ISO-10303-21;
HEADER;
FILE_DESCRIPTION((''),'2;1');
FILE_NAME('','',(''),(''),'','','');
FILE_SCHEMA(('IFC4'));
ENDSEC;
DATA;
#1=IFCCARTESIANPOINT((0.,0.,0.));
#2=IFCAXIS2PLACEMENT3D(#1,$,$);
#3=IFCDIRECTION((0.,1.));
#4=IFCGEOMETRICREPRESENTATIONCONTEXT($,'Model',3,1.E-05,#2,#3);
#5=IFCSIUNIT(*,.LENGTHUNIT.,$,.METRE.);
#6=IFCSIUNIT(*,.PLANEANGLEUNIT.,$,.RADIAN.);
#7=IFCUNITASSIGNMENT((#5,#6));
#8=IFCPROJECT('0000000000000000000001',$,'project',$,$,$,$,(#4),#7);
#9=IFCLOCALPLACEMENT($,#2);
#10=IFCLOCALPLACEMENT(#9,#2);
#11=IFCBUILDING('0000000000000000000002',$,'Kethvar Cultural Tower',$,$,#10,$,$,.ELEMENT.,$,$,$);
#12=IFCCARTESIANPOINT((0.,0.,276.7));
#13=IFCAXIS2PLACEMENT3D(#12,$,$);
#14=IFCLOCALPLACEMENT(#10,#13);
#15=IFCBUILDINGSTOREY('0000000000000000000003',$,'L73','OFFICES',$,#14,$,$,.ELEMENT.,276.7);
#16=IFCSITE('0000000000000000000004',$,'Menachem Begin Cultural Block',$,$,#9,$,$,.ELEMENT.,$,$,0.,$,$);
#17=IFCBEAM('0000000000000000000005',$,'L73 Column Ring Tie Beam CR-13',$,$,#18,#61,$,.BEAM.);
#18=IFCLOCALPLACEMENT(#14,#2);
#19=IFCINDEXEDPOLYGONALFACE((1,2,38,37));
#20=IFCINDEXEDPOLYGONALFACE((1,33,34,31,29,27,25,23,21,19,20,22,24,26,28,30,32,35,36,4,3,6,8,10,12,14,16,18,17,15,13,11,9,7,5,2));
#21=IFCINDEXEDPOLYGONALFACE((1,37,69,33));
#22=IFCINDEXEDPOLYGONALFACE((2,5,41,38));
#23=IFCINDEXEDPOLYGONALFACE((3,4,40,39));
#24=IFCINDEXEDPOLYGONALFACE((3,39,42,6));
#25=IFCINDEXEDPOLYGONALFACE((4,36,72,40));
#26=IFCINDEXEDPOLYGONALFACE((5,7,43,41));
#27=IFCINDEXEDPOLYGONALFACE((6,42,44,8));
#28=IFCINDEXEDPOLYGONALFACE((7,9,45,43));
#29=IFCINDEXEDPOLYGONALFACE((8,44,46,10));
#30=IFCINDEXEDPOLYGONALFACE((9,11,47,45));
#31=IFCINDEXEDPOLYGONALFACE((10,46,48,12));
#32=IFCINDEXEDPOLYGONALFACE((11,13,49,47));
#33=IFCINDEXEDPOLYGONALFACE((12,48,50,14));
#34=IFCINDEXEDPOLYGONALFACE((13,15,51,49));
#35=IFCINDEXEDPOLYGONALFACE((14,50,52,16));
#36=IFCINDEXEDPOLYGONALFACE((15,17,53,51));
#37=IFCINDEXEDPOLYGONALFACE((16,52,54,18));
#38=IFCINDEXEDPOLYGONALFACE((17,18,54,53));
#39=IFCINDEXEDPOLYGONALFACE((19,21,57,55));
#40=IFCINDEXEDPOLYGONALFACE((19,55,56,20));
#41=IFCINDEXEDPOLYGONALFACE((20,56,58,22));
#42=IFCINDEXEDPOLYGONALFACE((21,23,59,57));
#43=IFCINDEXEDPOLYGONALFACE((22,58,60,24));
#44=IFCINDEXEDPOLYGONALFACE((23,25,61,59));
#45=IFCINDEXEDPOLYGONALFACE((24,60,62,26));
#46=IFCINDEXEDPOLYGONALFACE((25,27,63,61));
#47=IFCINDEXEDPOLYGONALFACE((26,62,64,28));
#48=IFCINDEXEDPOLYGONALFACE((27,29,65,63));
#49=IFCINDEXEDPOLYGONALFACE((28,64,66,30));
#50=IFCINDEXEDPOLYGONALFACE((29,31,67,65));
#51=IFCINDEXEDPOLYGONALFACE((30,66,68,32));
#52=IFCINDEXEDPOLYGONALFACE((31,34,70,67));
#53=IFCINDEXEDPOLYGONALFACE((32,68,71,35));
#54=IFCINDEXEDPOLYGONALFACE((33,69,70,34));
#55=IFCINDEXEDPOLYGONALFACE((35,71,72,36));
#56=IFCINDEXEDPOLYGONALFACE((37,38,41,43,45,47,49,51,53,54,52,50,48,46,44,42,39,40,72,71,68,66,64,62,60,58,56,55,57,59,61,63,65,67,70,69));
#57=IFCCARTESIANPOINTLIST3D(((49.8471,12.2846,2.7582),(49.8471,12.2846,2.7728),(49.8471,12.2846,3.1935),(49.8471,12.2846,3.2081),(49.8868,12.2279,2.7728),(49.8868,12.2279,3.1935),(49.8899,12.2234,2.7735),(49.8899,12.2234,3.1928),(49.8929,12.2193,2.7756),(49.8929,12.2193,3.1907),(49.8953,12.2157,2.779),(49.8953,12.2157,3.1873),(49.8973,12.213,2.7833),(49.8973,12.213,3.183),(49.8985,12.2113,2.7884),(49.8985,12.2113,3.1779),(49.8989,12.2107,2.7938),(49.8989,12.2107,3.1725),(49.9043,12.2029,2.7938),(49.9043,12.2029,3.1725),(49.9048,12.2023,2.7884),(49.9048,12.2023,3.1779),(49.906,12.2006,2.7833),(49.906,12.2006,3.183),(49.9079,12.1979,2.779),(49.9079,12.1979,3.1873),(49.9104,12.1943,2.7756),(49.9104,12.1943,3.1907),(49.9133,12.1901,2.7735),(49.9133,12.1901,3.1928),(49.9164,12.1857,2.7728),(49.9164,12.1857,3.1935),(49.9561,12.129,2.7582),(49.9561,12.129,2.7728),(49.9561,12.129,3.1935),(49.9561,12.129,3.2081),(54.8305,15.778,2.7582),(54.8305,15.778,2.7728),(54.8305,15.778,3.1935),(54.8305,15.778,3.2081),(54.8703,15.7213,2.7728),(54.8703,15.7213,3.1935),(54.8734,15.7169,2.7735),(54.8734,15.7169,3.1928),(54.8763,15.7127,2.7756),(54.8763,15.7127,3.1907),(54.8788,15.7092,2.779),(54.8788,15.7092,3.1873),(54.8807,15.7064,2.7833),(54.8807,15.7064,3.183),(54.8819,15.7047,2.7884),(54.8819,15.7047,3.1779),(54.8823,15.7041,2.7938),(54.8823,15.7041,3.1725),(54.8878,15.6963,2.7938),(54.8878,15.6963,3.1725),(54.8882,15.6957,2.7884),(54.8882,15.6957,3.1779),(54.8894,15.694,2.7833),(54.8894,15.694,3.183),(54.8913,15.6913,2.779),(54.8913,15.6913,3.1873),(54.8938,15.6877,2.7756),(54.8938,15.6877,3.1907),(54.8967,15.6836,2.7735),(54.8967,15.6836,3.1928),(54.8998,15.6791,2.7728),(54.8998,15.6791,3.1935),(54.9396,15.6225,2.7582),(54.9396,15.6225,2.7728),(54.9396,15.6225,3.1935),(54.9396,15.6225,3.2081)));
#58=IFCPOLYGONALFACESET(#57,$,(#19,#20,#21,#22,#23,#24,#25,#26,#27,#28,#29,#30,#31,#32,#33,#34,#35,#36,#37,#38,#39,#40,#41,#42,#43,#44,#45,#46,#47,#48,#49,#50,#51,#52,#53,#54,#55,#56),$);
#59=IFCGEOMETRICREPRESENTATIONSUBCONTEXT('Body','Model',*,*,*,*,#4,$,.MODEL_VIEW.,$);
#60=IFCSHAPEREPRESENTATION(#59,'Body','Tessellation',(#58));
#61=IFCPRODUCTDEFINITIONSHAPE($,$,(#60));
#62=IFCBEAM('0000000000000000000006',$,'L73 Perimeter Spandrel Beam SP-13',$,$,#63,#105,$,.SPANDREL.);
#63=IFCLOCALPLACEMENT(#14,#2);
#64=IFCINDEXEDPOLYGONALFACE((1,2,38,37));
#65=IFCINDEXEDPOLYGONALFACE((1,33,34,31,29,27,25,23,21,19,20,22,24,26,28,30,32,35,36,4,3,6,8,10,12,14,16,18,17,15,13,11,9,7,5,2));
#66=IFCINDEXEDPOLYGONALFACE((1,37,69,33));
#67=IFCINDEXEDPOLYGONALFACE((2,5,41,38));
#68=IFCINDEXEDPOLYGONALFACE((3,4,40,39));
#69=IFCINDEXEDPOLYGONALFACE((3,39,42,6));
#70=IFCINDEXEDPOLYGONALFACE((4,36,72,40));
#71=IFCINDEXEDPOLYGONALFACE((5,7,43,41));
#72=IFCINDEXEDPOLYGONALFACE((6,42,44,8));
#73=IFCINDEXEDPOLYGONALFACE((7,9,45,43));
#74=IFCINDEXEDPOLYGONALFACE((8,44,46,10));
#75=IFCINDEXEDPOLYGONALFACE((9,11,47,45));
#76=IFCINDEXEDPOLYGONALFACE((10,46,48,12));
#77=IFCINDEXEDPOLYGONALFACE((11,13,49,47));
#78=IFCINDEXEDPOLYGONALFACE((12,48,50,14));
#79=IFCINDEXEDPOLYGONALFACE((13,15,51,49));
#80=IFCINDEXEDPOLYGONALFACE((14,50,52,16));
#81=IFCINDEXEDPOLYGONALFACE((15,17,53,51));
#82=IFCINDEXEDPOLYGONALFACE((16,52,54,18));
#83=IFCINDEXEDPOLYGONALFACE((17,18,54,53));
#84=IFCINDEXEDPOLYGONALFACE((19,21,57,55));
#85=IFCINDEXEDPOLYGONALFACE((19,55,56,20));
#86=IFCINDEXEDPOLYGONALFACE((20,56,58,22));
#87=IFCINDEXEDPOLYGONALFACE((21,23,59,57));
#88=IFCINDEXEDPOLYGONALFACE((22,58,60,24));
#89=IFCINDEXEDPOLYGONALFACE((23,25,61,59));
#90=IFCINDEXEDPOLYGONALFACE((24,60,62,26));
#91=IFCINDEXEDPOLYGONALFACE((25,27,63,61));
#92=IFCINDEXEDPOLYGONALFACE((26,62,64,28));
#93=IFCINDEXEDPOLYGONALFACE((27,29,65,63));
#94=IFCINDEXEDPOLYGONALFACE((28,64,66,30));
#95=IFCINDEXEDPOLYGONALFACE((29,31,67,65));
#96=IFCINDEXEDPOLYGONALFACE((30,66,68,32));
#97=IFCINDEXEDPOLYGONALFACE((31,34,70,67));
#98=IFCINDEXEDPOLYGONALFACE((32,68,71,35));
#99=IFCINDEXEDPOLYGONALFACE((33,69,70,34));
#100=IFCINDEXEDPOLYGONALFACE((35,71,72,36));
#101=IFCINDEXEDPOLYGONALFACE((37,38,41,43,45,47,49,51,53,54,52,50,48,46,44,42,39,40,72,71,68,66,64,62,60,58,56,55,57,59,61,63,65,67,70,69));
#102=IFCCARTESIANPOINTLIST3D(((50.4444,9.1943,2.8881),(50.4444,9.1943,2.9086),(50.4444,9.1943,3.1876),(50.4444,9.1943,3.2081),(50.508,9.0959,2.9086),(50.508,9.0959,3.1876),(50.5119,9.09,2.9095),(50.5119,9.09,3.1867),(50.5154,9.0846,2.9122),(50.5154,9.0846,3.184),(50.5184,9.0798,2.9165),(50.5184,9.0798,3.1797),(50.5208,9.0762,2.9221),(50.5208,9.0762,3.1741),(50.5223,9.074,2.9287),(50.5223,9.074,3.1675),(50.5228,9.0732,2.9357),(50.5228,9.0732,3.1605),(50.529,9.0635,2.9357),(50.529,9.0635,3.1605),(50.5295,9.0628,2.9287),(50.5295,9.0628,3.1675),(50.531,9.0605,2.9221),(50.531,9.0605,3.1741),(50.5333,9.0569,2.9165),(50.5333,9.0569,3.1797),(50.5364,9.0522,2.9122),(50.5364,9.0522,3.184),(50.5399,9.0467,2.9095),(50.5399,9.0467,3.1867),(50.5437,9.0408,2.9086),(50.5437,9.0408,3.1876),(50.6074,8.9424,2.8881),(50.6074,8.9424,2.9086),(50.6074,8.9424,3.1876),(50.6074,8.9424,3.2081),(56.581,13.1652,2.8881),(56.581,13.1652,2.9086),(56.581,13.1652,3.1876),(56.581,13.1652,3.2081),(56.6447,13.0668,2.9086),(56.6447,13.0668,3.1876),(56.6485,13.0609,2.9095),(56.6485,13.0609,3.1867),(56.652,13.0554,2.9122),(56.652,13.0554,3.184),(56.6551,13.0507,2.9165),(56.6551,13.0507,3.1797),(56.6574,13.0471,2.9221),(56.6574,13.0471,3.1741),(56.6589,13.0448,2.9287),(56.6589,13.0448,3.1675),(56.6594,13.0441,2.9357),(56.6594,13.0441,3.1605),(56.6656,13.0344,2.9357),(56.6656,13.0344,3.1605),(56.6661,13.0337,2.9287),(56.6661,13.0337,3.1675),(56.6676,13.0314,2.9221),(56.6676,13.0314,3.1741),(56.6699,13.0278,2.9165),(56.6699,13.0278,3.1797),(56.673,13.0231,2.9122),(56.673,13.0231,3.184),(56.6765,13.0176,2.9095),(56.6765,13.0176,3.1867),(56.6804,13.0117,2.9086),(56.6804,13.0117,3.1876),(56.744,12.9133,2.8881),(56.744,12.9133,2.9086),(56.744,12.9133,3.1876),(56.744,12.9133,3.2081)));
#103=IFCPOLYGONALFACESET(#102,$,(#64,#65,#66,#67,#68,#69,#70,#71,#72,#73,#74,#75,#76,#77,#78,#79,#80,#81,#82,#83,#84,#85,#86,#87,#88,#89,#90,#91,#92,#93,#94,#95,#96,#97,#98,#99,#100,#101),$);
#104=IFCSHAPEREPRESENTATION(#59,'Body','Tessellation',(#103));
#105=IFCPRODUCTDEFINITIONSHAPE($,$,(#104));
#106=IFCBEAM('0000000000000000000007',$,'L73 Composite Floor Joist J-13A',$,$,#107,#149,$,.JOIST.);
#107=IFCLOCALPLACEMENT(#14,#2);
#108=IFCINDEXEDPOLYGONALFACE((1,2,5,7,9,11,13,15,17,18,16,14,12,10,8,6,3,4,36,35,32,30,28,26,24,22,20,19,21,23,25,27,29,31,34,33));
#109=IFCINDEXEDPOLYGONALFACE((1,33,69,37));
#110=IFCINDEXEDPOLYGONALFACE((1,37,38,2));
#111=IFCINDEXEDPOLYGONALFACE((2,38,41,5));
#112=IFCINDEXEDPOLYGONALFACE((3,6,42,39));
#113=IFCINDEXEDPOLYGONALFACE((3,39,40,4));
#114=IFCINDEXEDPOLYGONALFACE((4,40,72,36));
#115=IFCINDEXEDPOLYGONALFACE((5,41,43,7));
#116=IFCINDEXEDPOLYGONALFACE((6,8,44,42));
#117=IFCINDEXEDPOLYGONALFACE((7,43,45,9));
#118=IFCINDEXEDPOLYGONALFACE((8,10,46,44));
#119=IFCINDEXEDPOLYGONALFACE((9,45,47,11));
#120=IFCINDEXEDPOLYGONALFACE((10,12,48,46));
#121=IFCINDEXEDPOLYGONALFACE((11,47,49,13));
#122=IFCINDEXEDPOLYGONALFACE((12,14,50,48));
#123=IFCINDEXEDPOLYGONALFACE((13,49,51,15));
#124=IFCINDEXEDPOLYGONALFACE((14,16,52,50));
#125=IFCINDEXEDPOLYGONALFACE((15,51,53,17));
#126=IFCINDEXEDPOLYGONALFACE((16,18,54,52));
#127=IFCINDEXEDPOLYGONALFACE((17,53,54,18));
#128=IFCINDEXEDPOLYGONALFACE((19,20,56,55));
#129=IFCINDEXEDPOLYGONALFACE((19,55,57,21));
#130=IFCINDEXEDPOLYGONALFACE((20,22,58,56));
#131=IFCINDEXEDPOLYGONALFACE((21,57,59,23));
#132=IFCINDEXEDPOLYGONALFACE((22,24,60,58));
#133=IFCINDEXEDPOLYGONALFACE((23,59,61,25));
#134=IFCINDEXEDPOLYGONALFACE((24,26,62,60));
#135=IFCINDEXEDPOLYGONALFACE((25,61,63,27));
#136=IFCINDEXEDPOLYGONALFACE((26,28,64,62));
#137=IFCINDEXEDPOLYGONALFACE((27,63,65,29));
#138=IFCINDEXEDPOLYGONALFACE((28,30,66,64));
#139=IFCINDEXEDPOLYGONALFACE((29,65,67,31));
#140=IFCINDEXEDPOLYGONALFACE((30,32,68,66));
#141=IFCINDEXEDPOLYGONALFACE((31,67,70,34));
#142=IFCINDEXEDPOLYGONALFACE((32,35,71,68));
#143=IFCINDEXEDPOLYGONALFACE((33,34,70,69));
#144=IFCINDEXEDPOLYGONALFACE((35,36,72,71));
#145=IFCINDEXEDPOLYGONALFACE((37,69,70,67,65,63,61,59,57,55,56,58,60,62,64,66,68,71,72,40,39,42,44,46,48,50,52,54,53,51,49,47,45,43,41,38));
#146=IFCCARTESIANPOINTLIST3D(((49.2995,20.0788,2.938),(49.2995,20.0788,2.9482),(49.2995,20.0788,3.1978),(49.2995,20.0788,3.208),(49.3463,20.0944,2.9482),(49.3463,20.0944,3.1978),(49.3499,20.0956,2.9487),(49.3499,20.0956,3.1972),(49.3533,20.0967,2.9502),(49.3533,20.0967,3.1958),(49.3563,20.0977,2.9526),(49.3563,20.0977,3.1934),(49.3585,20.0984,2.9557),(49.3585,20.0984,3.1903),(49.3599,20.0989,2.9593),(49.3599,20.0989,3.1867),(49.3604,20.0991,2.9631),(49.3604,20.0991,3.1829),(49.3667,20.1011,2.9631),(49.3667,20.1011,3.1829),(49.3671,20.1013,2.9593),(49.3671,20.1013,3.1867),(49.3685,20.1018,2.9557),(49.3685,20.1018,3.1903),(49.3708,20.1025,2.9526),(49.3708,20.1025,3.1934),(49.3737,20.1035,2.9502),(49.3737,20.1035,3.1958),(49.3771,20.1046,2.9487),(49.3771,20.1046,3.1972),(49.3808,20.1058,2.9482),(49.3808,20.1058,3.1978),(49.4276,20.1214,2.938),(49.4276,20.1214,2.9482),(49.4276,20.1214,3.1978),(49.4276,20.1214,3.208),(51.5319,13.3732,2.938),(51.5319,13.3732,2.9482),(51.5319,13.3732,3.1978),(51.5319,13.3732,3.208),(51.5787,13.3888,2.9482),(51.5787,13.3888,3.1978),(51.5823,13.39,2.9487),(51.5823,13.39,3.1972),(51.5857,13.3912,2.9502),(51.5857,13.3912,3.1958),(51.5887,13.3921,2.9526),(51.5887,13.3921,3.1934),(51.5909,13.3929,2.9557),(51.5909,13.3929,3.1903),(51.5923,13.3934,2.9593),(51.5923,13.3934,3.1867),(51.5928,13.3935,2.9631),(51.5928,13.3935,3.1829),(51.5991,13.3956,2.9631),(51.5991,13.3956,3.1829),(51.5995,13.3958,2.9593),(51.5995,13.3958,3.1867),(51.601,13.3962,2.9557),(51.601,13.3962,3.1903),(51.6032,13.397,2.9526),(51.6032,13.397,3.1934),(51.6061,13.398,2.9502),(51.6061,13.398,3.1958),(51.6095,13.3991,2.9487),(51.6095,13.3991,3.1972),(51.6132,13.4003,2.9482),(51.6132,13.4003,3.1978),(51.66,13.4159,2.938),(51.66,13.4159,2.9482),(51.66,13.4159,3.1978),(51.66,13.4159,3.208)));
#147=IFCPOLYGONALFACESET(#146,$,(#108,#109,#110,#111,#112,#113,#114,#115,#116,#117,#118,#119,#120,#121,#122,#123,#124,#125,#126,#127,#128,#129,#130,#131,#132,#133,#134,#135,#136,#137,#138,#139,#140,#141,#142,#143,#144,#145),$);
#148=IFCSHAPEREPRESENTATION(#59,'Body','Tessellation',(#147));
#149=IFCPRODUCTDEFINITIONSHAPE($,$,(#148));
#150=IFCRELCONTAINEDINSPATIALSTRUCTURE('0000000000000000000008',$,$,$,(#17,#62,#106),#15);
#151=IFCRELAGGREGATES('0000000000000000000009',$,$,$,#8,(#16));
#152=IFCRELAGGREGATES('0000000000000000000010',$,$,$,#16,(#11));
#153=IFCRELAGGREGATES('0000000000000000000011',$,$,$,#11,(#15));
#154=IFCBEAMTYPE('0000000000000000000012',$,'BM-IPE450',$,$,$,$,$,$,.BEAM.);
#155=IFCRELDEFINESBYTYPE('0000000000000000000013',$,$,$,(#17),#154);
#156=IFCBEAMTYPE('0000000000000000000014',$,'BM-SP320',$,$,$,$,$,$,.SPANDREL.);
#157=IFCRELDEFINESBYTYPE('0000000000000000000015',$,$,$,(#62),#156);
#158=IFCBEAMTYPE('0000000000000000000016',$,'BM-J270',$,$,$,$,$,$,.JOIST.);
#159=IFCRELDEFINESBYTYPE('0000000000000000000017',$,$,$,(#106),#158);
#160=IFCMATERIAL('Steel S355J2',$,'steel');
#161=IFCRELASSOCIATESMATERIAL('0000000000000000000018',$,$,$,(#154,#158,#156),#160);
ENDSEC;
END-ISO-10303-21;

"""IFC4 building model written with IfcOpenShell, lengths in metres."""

from ifc_helpers import new_model, si_unit, direction, frame, origin, origin_2d, place, context, subcontext, project, spatial, i_section, extrude, source, transform, mapped, material, material_profile, profile_set, type_object, element, save


model = new_model("IFC4")

# Units and contexts
model_context = context("Model", 3, precision=1e-05, world=origin(), true_north=direction((0.0, 1.0)))
body_context = subcontext(model_context, "Body", "Model", "MODEL_VIEW")
ifc_project = project(units=[si_unit("LENGTHUNIT", "METRE"), si_unit("PLANEANGLEUNIT", "RADIAN")], contexts=[model_context])

# Site, building, storey
site_placement = place(None, origin())
site = spatial("IfcSite", under=ifc_project, at=site_placement, Name="Menachem Begin Cultural Block", CompositionType="ELEMENT", RefElevation=0.0)
building_placement = place(site_placement, origin())
building = spatial("IfcBuilding", under=site, at=building_placement, Name="Kethvar Cultural Tower", CompositionType="ELEMENT")
storey_placement = place(building_placement, frame((0.0, 0.0, 276.7)))
storey = spatial("IfcBuildingStorey", under=building, at=storey_placement, Name="L73", Description="OFFICES", CompositionType="ELEMENT", Elevation=276.7)

# Shared definitions
ifc_material_1 = material(Name="Steel S355J2", Category="steel")

# Beams
ifc_material_profile_1 = material_profile(ifc_material_1, i_section(OverallWidth=0.1899, OverallDepth=0.45, WebThickness=0.0095, FlangeThickness=0.0146, FilletRadius=0.021, at=origin_2d()), Name="Steel S355J2 — IPE450")
ifc_profile_set_1 = profile_set([ifc_material_profile_1], Name="Steel S355J2 — IPE450")
beam_type_1 = type_object("IfcBeamType", Name="BM-IPE450", PredefinedType="BEAM", material=ifc_profile_set_1)
ifc_material_profile_2 = material_profile(ifc_material_1, i_section(OverallWidth=0.135, OverallDepth=0.27, WebThickness=0.0066, FlangeThickness=0.0103, FilletRadius=0.0149, at=origin_2d()), Name="Steel S355J2 — IPE270")
ifc_profile_set_2 = profile_set([ifc_material_profile_2], Name="Steel S355J2 — IPE270")
beam_type_2 = type_object("IfcBeamType", Name="BM-J270", PredefinedType="JOIST", material=ifc_profile_set_2)
shared_shape_1 = source(origin(), body_context, "Body", "SweptSolid", [
    extrude(i_section(OverallWidth=0.1899, OverallDepth=0.45, WebThickness=0.0095, FlangeThickness=0.0146, FilletRadius=0.021, at=origin_2d()), origin(), (0.0, 0.0, 1.0), 6.0859),
])
beam_1_placement = place(storey_placement, frame((49.9016, 12.2068, 2.9832), z_axis=(0.818843, 0.574017, 0.0), x_axis=(-0.574017, 0.818843, 0.0)))
element("IfcBeam", 1, at=beam_1_placement, inside=storey, type_object=beam_type_1, Name="L73 Column Ring Tie Beam CR-13", PredefinedType="BEAM", context=body_context, shape_type="MappedRepresentation", body=[
    mapped(shared_shape_1, transform((0.0, 0.0, 0.0), scale=1.0)),
])
ifc_material_profile_3 = material_profile(ifc_material_1, i_section(OverallWidth=0.3, OverallDepth=0.3201, WebThickness=0.0115, FlangeThickness=0.0205, FilletRadius=0.0271, at=origin_2d()), Name="Steel S355J2 — HEB320")
ifc_profile_set_3 = profile_set([ifc_material_profile_3], Name="Steel S355J2 — HEB320")
beam_type_3 = type_object("IfcBeamType", Name="BM-SP320", PredefinedType="SPANDREL", material=ifc_profile_set_3)
shared_shape_2 = source(origin(), body_context, "Body", "SweptSolid", [
    extrude(i_section(OverallWidth=0.3, OverallDepth=0.3201, WebThickness=0.0115, FlangeThickness=0.0205, FilletRadius=0.0271, at=origin_2d()), origin(), (0.0, 0.0, 1.0), 7.3093),
])
beam_2_placement = place(storey_placement, frame((50.5259, 9.0684, 3.0481), z_axis=(0.839562, 0.543264, 0.0), x_axis=(-0.543264, 0.839562, 0.0)))
element("IfcBeam", 2, at=beam_2_placement, inside=storey, type_object=beam_type_3, Name="L73 Perimeter Spandrel Beam SP-13", PredefinedType="SPANDREL", context=body_context, shape_type="MappedRepresentation", body=[
    mapped(shared_shape_2, transform((0.0, 0.0, 0.0), scale=1.0)),
])
shared_shape_3 = source(origin(), body_context, "Body", "SweptSolid", [
    extrude(i_section(OverallWidth=0.135, OverallDepth=0.27, WebThickness=0.0066, FlangeThickness=0.0103, FilletRadius=0.0149, at=origin_2d()), origin(), (0.0, 0.0, 1.0), 7.0674),
])
beam_3_placement = place(storey_placement, frame((49.3635, 20.1001, 3.073), z_axis=(0.315875, -0.948801, 0.0), x_axis=(0.948801, 0.315875, 0.0)))
element("IfcBeam", 3, at=beam_3_placement, inside=storey, type_object=beam_type_2, Name="L73 Composite Floor Joist J-13A", PredefinedType="JOIST", context=body_context, shape_type="MappedRepresentation", body=[
    mapped(shared_shape_3, transform((0.0, 0.0, 0.0), scale=1.0)),
])

save(model, "model.ifc")
